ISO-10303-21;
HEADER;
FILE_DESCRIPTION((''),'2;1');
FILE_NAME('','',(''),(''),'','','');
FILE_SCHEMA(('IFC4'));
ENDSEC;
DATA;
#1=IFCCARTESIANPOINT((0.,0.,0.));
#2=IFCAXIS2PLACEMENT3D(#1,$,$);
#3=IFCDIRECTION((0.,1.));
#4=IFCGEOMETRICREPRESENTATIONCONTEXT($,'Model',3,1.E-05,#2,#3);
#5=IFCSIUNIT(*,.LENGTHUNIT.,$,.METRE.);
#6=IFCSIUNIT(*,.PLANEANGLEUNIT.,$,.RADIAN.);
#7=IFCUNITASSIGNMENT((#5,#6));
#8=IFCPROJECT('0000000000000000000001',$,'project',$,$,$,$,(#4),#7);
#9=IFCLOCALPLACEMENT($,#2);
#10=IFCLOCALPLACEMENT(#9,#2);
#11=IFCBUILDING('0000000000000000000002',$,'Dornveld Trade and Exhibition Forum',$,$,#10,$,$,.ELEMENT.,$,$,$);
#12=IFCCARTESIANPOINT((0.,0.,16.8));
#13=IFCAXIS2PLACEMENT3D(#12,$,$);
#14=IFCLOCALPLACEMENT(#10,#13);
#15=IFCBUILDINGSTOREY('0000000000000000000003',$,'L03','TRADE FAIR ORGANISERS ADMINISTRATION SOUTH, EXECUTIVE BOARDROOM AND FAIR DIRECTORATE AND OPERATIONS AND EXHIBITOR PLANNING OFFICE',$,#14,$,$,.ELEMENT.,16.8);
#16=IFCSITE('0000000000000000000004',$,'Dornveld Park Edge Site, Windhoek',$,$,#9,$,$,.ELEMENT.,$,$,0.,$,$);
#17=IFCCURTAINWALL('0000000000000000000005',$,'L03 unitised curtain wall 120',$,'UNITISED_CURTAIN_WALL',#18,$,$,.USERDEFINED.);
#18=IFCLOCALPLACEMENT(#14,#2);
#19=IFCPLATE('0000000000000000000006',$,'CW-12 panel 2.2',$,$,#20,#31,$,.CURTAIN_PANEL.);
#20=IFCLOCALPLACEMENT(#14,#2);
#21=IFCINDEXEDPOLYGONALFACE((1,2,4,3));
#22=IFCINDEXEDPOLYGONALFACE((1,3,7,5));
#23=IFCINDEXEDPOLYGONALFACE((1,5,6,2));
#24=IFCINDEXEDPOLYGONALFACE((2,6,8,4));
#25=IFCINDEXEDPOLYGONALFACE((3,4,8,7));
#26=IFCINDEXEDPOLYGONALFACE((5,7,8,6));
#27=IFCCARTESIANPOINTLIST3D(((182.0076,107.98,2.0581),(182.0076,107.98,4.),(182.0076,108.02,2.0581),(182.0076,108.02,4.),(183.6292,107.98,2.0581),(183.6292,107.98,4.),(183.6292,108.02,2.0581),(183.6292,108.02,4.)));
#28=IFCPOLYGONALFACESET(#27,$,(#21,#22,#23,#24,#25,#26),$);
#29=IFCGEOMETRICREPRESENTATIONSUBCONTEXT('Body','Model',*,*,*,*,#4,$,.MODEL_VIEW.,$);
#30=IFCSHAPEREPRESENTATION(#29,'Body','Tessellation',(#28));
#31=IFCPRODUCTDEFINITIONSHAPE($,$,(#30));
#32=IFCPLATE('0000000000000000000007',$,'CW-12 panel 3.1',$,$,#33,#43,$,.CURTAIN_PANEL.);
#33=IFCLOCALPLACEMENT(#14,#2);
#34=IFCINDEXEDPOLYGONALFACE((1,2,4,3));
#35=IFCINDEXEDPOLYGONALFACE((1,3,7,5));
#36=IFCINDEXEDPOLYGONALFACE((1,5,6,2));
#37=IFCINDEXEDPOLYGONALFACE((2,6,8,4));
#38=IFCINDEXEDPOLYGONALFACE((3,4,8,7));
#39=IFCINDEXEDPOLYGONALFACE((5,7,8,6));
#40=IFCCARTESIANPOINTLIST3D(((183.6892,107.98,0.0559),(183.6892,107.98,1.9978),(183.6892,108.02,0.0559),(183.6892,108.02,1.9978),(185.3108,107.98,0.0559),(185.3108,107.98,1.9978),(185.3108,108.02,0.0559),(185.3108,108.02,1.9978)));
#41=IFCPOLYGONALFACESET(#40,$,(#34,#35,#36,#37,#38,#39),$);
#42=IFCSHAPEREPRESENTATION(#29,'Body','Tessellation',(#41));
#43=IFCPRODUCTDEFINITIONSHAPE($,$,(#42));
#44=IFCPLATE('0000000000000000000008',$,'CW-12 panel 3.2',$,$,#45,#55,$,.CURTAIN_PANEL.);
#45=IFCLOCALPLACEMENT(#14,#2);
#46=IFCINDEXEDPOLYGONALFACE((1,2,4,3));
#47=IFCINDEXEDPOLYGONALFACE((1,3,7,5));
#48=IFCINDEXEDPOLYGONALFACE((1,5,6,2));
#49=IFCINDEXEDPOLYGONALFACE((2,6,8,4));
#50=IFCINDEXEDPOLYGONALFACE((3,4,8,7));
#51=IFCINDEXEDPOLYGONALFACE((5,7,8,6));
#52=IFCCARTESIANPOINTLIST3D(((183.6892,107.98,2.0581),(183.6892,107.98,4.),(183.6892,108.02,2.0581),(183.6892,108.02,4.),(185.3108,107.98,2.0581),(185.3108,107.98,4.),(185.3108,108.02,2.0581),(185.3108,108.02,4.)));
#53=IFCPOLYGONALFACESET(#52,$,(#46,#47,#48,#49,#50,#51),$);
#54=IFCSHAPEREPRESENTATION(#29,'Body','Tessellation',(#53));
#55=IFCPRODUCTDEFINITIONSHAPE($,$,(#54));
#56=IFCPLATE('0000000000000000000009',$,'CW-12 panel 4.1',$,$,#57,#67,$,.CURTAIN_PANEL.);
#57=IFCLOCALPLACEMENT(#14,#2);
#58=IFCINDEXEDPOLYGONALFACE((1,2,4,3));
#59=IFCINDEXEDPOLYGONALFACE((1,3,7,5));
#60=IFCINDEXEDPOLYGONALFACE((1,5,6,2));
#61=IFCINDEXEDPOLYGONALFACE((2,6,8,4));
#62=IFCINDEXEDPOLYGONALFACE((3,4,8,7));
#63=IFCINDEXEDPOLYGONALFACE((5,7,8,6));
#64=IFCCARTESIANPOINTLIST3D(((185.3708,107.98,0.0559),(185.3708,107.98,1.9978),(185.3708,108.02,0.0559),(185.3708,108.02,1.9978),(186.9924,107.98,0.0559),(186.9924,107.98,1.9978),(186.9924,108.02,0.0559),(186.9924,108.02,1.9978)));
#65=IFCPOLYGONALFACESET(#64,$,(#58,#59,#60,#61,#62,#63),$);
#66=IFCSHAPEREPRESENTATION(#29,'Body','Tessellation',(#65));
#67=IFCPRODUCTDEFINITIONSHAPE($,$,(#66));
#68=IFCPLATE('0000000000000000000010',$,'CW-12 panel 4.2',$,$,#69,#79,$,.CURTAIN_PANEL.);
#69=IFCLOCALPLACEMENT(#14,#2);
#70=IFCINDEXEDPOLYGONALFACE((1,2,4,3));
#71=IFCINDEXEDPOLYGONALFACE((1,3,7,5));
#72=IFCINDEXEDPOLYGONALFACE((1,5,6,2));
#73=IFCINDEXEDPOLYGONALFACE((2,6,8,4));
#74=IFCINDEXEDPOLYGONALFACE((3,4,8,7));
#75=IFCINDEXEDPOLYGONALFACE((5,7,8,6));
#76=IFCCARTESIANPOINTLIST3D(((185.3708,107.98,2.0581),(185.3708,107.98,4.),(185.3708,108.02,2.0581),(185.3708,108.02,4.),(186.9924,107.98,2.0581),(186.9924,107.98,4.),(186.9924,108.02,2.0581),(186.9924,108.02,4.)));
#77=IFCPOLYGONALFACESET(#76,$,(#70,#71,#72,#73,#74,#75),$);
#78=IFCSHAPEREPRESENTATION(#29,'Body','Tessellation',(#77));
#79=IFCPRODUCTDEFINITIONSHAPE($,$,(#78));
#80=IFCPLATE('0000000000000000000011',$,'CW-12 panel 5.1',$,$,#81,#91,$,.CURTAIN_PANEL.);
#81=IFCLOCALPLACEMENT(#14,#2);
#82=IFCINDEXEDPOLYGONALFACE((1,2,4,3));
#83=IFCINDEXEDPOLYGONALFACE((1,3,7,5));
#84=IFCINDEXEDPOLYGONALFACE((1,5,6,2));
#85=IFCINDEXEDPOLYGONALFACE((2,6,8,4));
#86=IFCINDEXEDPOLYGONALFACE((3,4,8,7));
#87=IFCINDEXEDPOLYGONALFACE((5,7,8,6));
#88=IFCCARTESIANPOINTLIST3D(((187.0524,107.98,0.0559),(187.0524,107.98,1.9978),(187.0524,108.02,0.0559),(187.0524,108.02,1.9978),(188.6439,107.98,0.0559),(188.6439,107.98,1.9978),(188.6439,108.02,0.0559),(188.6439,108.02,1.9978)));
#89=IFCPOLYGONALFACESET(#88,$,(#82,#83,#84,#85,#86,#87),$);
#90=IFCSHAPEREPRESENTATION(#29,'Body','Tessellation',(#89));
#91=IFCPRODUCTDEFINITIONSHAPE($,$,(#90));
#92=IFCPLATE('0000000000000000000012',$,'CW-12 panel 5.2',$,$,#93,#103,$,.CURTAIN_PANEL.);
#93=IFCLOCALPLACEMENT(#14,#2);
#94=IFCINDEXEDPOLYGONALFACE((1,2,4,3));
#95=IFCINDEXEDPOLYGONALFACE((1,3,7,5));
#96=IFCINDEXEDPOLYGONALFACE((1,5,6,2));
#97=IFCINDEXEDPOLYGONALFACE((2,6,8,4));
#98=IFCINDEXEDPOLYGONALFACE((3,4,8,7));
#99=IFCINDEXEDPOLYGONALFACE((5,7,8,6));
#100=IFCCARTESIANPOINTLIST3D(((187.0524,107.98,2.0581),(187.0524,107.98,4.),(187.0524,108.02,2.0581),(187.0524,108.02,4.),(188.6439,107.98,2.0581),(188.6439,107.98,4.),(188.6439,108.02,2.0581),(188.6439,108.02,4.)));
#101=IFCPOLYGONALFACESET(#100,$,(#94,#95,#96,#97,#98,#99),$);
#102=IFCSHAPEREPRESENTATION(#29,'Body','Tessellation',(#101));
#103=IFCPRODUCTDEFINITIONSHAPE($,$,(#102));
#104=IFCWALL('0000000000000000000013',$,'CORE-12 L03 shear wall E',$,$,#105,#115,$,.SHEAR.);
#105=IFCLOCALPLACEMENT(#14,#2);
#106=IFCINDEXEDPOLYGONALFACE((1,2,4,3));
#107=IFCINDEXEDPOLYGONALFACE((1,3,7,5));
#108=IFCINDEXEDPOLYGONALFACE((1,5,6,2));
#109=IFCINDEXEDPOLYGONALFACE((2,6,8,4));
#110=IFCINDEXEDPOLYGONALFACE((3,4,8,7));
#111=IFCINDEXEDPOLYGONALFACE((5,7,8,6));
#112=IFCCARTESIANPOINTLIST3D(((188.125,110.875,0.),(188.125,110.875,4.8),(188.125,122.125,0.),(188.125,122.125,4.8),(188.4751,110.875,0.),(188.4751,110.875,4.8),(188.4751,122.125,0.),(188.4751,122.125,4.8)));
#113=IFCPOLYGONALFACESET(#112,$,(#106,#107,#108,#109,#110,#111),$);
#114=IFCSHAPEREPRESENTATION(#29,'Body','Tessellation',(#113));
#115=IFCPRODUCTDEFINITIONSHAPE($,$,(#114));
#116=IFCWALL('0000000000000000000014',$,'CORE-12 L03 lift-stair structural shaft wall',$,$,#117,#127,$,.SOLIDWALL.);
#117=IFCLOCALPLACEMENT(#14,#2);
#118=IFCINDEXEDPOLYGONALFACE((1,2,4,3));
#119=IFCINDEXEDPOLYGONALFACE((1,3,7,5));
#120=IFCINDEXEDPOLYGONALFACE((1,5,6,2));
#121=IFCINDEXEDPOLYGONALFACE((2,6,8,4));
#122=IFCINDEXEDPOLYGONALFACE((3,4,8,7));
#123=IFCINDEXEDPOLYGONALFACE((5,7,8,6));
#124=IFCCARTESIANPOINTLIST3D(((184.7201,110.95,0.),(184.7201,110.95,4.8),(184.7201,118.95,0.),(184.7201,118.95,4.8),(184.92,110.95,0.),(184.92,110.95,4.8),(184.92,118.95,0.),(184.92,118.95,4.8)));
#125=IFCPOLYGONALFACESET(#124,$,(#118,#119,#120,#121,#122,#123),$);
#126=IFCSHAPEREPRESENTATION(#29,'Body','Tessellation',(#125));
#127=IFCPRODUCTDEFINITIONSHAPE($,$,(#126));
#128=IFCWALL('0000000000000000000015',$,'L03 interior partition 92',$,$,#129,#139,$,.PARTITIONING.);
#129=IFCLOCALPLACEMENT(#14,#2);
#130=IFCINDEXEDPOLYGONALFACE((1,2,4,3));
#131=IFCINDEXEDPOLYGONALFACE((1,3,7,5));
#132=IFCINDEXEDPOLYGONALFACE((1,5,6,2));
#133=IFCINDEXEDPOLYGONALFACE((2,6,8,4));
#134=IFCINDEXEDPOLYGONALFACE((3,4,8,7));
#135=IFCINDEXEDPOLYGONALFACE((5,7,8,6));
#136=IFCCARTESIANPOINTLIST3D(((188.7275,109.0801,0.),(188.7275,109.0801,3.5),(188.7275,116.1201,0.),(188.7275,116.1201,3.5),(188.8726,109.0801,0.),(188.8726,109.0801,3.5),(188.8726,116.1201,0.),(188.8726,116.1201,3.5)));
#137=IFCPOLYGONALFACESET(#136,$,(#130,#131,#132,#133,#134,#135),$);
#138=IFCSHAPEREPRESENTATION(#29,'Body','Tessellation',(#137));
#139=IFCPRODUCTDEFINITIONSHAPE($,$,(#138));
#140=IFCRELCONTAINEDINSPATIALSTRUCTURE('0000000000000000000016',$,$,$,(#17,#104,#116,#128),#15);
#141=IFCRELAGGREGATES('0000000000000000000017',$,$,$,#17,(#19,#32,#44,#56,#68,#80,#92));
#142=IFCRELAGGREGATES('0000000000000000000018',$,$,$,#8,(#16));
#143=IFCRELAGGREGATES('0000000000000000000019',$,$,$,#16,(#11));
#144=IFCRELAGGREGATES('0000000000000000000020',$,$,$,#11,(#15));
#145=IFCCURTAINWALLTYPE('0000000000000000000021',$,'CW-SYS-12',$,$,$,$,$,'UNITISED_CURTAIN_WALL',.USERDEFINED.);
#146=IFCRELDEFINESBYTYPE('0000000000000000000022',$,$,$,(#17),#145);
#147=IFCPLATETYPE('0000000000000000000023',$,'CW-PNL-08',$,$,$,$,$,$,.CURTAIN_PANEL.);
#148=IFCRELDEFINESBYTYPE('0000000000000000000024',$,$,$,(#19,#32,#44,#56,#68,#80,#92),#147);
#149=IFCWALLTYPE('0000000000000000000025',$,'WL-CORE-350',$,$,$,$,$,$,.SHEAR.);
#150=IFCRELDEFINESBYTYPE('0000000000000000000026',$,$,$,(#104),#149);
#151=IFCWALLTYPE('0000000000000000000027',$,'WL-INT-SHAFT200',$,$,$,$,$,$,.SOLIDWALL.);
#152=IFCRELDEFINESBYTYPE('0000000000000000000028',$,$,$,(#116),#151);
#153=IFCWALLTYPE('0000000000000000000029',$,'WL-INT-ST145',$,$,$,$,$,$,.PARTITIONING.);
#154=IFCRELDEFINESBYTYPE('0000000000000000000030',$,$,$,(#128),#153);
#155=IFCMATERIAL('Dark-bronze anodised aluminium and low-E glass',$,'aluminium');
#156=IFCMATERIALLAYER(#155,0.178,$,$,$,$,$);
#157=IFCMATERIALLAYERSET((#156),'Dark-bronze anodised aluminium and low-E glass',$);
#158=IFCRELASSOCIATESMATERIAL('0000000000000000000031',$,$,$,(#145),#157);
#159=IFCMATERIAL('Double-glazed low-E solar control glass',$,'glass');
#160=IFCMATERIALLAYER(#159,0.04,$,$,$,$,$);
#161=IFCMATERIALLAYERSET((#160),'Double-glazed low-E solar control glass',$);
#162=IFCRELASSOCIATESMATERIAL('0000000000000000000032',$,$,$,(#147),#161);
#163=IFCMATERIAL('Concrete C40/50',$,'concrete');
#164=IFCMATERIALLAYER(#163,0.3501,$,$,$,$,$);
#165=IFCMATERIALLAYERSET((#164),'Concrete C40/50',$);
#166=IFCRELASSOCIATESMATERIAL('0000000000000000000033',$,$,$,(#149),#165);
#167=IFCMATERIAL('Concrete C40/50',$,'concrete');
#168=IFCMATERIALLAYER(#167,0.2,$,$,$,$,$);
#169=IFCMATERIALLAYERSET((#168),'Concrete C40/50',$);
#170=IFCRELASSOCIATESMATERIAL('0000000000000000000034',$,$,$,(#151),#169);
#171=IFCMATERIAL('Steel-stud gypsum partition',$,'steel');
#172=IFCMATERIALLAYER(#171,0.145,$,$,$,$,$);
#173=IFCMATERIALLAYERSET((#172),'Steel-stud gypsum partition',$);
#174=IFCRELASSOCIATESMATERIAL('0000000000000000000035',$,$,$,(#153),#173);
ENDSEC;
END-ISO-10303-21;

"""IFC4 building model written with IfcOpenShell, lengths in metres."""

from ifc_helpers import new_model, si_unit, direction, frame, frame_2d, origin, origin_2d, place, context, subcontext, project, spatial, rectangle, extrude, material, layer, layer_set, type_object, element, aggregate, save


model = new_model("IFC4")

# Units and contexts
model_context = context("Model", 3, precision=1e-05, world=origin(), true_north=direction((0.0, 1.0)))
body_context = subcontext(model_context, "Body", "Model", "MODEL_VIEW")
ifc_project = project(units=[si_unit("LENGTHUNIT", "METRE"), si_unit("PLANEANGLEUNIT", "RADIAN")], contexts=[model_context])

# Site, building, storey
site_placement = place(None, origin())
site = spatial("IfcSite", under=ifc_project, at=site_placement, Name="Dornveld Park Edge Site, Windhoek", CompositionType="ELEMENT", RefElevation=0.0)
building_placement = place(site_placement, origin())
building = spatial("IfcBuilding", under=site, at=building_placement, Name="Dornveld Trade and Exhibition Forum", CompositionType="ELEMENT")
storey_placement = place(building_placement, frame((0.0, 0.0, 16.8)))
storey = spatial("IfcBuildingStorey", under=building, at=storey_placement, Name="L03", Description="TRADE FAIR ORGANISERS ADMINISTRATION SOUTH, EXECUTIVE BOARDROOM AND FAIR DIRECTORATE AND OPERATIONS AND EXHIBITOR PLANNING OFFICE", CompositionType="ELEMENT", Elevation=16.8)

# Curtain wall
ifc_material_1 = material(Name="Dark-bronze anodised aluminium and low-E glass", Category="aluminium")
ifc_layer_1 = layer(ifc_material_1, 0.178)
ifc_layer_set_1 = layer_set([ifc_layer_1], Name="Dark-bronze anodised aluminium and low-E glass")
curtain_wall_type_1 = type_object("IfcCurtainWallType", Name="CW-SYS-12", ElementType="UNITISED_CURTAIN_WALL", PredefinedType="USERDEFINED", material=ifc_layer_set_1)
curtain_wall_1_placement = place(storey_placement, origin())
curtain_wall_1 = element("IfcCurtainWall", 1, at=curtain_wall_1_placement, inside=storey, type_object=curtain_wall_type_1, Name="L03 unitised curtain wall 120", ObjectType="UNITISED_CURTAIN_WALL", PredefinedType="USERDEFINED")

# Plates
ifc_material_2 = material(Name="Double-glazed low-E solar control glass", Category="glass")
ifc_layer_2 = layer(ifc_material_2, 0.04)
ifc_layer_set_2 = layer_set([ifc_layer_2], Name="Double-glazed low-E solar control glass")
plate_type = type_object("IfcPlateType", Name="CW-PNL-08", PredefinedType="CURTAIN_PANEL", material=ifc_layer_set_2)
plate_1_placement = place(storey_placement, frame((182.8184, 108.0, 2.0581), z_axis=(0.0, 0.0, 1.0), x_axis=(1.0, 0.0, 0.0)))
plate_1 = element("IfcPlate", 2, at=plate_1_placement, type_object=plate_type, Name="CW-12 panel 2.2", PredefinedType="CURTAIN_PANEL", context=body_context, shape_type="SweptSolid", body=[
    extrude(rectangle(XDim=1.6216, YDim=0.04, at=origin_2d()), origin(), (0.0, 0.0, 1.0), 1.9419),
])
plate_2_placement = place(storey_placement, frame((184.5, 108.0, 0.0559), z_axis=(0.0, 0.0, 1.0), x_axis=(1.0, 0.0, 0.0)))
plate_2 = element("IfcPlate", 3, at=plate_2_placement, type_object=plate_type, Name="CW-12 panel 3.1", PredefinedType="CURTAIN_PANEL", context=body_context, shape_type="SweptSolid", body=[
    extrude(rectangle(XDim=1.6216, YDim=0.04, at=origin_2d()), origin(), (0.0, 0.0, 1.0), 1.9419),
])
plate_3_placement = place(storey_placement, frame((184.5, 108.0, 2.0581), z_axis=(0.0, 0.0, 1.0), x_axis=(1.0, 0.0, 0.0)))
plate_3 = element("IfcPlate", 4, at=plate_3_placement, type_object=plate_type, Name="CW-12 panel 3.2", PredefinedType="CURTAIN_PANEL", context=body_context, shape_type="SweptSolid", body=[
    extrude(rectangle(XDim=1.6216, YDim=0.04, at=origin_2d()), origin(), (0.0, 0.0, 1.0), 1.9419),
])
plate_4_placement = place(storey_placement, frame((186.1816, 108.0, 0.0559), z_axis=(0.0, 0.0, 1.0), x_axis=(1.0, 0.0, 0.0)))
plate_4 = element("IfcPlate", 5, at=plate_4_placement, type_object=plate_type, Name="CW-12 panel 4.1", PredefinedType="CURTAIN_PANEL", context=body_context, shape_type="SweptSolid", body=[
    extrude(rectangle(XDim=1.6216, YDim=0.04, at=origin_2d()), origin(), (0.0, 0.0, 1.0), 1.9419),
])
plate_5_placement = place(storey_placement, frame((186.1816, 108.0, 2.0581), z_axis=(0.0, 0.0, 1.0), x_axis=(1.0, 0.0, 0.0)))
plate_5 = element("IfcPlate", 6, at=plate_5_placement, type_object=plate_type, Name="CW-12 panel 4.2", PredefinedType="CURTAIN_PANEL", context=body_context, shape_type="SweptSolid", body=[
    extrude(rectangle(XDim=1.6216, YDim=0.04, at=origin_2d()), origin(), (0.0, 0.0, 1.0), 1.9419),
])
plate_6_placement = place(storey_placement, frame((187.8481, 108.0, 0.0559), z_axis=(0.0, 0.0, 1.0), x_axis=(1.0, 0.0, 0.0)))
plate_6 = element("IfcPlate", 7, at=plate_6_placement, type_object=plate_type, Name="CW-12 panel 5.1", PredefinedType="CURTAIN_PANEL", context=body_context, shape_type="SweptSolid", body=[
    extrude(rectangle(XDim=1.5916, YDim=0.04, at=origin_2d()), origin(), (0.0, 0.0, 1.0), 1.9419),
])
plate_7_placement = place(storey_placement, frame((187.8481, 108.0, 2.0581), z_axis=(0.0, 0.0, 1.0), x_axis=(1.0, 0.0, 0.0)))
plate_7 = element("IfcPlate", 8, at=plate_7_placement, type_object=plate_type, Name="CW-12 panel 5.2", PredefinedType="CURTAIN_PANEL", context=body_context, shape_type="SweptSolid", body=[
    extrude(rectangle(XDim=1.5916, YDim=0.04, at=origin_2d()), origin(), (0.0, 0.0, 1.0), 1.9419),
])
aggregate(curtain_wall_1, [plate_1, plate_2, plate_3, plate_4, plate_5, plate_6, plate_7])

# Walls
ifc_material_3 = material(Name="Concrete C40/50", Category="concrete")
ifc_layer_3 = layer(ifc_material_3, 0.3501)
ifc_layer_set_3 = layer_set([ifc_layer_3], Name="Concrete C40/50")
wall_type_1 = type_object("IfcWallType", Name="WL-CORE-350", PredefinedType="SHEAR", material=ifc_layer_set_3)
wall_1_placement = place(storey_placement, frame((188.3, 110.875, 0.0), z_axis=(0.0, 0.0, 1.0), x_axis=(0.0, 1.0, 0.0)))
element("IfcWall", 9, at=wall_1_placement, inside=storey, type_object=wall_type_1, Name="CORE-12 L03 shear wall E", PredefinedType="SHEAR", context=body_context, shape_type="SweptSolid", body=[
    extrude(rectangle(XDim=11.25, YDim=0.3501, at=frame_2d((5.625, 0.0))), origin(), (0.0, 0.0, 1.0), 4.8),
])
ifc_material_4 = material(Name="Concrete C40/50", Category="concrete")
ifc_layer_4 = layer(ifc_material_4, 0.2)
ifc_layer_set_4 = layer_set([ifc_layer_4], Name="Concrete C40/50")
wall_type_2 = type_object("IfcWallType", Name="WL-INT-SHAFT200", PredefinedType="SOLIDWALL", material=ifc_layer_set_4)
wall_2_placement = place(storey_placement, frame((184.8201, 110.95, 0.0), z_axis=(0.0, 0.0, 1.0), x_axis=(0.0, 1.0, 0.0)))
element("IfcWall", 10, at=wall_2_placement, inside=storey, type_object=wall_type_2, Name="CORE-12 L03 lift-stair structural shaft wall", PredefinedType="SOLIDWALL", context=body_context, shape_type="SweptSolid", body=[
    extrude(rectangle(XDim=8.0, YDim=0.2, at=frame_2d((4.0, 0.0))), origin(), (0.0, 0.0, 1.0), 4.8),
])
ifc_material_5 = material(Name="Steel-stud gypsum partition", Category="steel")
ifc_layer_5 = layer(ifc_material_5, 0.145)
ifc_layer_set_5 = layer_set([ifc_layer_5], Name="Steel-stud gypsum partition")
wall_type_3 = type_object("IfcWallType", Name="WL-INT-ST145", PredefinedType="PARTITIONING", material=ifc_layer_set_5)
wall_3_placement = place(storey_placement, frame((188.8, 109.0801, 0.0), z_axis=(0.0, 0.0, 1.0), x_axis=(0.0, 1.0, 0.0)))
element("IfcWall", 11, at=wall_3_placement, inside=storey, type_object=wall_type_3, Name="L03 interior partition 92", PredefinedType="PARTITIONING", context=body_context, shape_type="SweptSolid", body=[
    extrude(rectangle(XDim=7.04, YDim=0.145, at=frame_2d((3.52, 0.0))), origin(), (0.0, 0.0, 1.0), 3.5),
])

save(model, "model.ifc")
